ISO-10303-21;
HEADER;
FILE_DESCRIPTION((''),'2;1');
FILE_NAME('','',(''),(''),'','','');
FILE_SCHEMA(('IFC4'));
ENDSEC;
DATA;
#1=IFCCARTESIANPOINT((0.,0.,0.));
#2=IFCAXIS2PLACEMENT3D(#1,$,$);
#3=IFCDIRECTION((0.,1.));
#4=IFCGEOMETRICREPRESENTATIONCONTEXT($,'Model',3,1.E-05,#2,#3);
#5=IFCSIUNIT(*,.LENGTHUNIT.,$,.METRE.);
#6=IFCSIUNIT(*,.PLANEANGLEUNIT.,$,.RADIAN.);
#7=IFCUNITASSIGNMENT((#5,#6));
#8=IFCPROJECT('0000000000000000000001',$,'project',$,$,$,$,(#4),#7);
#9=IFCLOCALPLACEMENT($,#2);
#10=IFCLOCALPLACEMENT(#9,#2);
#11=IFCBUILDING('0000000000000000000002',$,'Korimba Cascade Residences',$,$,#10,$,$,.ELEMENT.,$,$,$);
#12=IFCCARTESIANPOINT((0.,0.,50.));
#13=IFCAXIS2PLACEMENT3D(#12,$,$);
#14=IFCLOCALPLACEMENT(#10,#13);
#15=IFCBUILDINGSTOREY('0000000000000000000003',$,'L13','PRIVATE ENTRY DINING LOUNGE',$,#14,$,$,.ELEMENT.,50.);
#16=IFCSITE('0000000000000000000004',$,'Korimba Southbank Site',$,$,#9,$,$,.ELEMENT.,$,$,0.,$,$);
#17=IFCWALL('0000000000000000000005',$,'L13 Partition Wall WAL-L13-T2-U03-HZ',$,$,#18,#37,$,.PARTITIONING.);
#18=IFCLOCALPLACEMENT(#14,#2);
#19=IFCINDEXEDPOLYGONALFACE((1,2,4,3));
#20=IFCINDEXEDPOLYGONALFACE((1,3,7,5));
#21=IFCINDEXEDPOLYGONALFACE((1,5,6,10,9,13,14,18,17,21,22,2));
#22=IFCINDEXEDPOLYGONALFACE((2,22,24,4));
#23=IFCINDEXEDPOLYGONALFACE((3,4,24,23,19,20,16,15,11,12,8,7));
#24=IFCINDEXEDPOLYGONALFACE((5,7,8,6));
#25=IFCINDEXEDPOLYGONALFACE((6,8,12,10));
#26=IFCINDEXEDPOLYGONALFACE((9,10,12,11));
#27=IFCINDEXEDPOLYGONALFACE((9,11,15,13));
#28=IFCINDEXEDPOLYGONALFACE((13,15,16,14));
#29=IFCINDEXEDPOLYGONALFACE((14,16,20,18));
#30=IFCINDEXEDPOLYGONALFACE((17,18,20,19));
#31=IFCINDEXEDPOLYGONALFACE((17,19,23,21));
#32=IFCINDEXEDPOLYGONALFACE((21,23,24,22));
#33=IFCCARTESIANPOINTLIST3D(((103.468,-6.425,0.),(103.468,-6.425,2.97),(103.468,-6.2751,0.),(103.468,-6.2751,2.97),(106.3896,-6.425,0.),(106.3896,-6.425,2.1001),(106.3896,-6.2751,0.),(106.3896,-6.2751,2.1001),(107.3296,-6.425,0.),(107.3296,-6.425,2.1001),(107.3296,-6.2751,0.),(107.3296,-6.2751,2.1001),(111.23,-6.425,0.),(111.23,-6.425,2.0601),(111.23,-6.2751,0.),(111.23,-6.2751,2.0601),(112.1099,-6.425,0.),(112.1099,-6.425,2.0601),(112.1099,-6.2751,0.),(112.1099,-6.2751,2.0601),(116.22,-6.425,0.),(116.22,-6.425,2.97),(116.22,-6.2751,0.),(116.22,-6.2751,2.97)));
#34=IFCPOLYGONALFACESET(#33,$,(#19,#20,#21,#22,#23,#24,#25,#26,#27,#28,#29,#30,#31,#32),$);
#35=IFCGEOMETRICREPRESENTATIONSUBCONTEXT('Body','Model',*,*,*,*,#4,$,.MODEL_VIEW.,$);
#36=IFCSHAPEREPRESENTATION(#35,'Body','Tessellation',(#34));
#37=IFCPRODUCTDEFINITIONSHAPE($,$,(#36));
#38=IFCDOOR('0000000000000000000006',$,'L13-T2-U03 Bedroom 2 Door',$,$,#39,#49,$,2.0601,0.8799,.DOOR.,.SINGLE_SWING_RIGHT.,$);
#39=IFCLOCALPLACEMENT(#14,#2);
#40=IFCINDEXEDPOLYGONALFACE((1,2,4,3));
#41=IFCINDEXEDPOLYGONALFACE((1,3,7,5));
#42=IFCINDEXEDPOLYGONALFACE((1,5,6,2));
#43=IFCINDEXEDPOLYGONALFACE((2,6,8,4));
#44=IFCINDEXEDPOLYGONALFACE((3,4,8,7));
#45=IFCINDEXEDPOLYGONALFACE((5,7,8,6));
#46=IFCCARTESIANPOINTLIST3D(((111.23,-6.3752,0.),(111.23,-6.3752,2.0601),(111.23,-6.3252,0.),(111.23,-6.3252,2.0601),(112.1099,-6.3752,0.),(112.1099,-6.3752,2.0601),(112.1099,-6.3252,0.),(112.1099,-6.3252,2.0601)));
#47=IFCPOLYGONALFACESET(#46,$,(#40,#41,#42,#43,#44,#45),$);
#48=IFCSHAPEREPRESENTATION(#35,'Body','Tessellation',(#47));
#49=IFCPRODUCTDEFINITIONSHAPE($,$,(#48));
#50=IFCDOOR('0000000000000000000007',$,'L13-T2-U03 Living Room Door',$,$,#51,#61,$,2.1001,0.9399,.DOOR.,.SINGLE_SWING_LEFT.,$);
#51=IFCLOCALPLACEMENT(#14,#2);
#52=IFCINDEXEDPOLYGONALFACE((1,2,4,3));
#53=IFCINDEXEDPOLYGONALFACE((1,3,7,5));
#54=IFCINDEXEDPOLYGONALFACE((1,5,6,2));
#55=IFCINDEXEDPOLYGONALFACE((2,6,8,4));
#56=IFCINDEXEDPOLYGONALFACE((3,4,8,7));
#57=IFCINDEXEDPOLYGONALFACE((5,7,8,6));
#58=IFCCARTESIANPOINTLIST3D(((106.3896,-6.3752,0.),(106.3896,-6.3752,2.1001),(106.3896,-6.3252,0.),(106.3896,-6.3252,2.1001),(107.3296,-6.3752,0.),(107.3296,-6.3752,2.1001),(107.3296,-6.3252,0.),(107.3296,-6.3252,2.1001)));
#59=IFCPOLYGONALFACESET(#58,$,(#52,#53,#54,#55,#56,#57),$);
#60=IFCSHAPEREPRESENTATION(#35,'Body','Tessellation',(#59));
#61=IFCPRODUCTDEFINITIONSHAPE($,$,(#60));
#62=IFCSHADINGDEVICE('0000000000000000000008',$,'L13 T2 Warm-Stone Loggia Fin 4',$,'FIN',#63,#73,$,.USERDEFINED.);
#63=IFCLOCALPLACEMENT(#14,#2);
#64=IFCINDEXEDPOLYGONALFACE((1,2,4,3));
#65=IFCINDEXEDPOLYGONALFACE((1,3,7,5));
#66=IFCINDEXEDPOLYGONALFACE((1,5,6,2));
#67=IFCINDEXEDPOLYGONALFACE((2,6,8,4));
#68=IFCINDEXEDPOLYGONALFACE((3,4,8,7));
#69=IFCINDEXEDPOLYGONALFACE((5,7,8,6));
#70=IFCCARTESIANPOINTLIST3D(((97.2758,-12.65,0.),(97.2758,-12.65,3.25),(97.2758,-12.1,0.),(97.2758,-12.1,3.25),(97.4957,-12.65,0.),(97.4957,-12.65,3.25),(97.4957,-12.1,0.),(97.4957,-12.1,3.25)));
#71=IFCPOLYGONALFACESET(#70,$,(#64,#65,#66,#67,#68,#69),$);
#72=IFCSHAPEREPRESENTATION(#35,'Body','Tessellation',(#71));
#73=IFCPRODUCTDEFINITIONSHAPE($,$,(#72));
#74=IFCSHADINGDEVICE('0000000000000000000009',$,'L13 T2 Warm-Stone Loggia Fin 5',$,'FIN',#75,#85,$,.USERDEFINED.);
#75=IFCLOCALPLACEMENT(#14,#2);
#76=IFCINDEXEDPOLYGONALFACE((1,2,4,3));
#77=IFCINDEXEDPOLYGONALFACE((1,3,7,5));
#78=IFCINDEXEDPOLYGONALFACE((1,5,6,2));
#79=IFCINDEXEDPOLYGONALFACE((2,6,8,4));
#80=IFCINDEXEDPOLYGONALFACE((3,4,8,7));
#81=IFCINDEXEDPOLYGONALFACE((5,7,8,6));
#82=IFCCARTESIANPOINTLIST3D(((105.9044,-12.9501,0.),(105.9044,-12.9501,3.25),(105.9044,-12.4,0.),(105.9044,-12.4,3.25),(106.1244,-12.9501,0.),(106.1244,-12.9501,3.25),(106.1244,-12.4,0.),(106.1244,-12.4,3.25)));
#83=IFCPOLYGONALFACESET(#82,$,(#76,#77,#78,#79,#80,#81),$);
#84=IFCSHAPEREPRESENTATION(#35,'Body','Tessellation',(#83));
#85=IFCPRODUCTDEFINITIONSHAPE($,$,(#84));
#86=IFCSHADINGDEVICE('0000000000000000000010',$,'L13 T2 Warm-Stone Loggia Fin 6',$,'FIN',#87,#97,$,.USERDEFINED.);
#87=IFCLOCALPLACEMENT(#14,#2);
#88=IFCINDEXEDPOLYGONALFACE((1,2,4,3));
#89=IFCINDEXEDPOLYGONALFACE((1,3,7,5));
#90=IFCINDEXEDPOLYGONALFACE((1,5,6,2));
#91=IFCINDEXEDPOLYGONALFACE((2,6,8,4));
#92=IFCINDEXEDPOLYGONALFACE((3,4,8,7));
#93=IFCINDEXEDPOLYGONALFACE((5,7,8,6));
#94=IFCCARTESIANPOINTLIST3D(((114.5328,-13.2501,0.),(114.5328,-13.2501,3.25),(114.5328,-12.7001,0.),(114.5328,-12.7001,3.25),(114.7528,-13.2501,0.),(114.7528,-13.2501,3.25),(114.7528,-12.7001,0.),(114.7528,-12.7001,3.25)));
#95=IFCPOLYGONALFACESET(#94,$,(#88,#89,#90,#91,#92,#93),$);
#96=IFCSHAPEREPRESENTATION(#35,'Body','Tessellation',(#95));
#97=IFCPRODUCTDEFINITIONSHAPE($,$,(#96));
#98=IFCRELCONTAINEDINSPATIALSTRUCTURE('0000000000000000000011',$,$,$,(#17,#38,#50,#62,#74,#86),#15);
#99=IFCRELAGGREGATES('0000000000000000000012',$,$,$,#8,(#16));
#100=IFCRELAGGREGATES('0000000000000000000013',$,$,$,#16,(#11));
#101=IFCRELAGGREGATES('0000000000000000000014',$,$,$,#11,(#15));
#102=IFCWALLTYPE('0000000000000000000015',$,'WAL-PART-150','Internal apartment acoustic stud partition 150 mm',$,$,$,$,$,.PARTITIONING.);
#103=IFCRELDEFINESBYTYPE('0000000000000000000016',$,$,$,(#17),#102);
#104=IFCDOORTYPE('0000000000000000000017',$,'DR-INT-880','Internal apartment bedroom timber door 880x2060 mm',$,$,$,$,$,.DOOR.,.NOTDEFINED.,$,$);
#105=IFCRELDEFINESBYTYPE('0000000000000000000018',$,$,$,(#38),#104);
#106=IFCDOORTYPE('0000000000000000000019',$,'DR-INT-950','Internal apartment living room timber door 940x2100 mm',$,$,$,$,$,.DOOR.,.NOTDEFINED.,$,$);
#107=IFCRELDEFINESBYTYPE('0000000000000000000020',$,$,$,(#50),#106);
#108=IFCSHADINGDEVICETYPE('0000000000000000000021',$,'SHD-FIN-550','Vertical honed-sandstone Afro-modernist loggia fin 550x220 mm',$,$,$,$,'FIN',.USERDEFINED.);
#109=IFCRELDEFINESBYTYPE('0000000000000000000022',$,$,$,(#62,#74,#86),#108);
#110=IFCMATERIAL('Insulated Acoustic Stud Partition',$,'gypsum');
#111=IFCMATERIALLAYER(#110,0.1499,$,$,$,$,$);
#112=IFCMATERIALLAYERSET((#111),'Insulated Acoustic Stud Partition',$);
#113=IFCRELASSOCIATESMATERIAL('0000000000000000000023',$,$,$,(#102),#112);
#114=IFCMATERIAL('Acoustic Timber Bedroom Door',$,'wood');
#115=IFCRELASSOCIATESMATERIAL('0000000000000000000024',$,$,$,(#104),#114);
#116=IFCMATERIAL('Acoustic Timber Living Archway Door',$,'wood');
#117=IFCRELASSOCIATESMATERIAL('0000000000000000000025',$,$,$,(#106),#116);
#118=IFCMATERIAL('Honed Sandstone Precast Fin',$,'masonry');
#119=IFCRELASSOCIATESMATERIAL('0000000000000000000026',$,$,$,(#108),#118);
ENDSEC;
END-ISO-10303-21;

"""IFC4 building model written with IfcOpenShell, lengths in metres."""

from ifc_helpers import new_model, si_unit, direction, frame, frame_2d, origin, origin_2d, place, context, subcontext, project, spatial, rectangle, extrude, material, layer, layer_set, type_object, element, fill, save


model = new_model("IFC4")

# Units and contexts
model_context = context("Model", 3, precision=1e-05, world=origin(), true_north=direction((0.0, 1.0)))
body_context = subcontext(model_context, "Body", "Model", "MODEL_VIEW")
ifc_project = project(units=[si_unit("LENGTHUNIT", "METRE"), si_unit("PLANEANGLEUNIT", "RADIAN")], contexts=[model_context])

# Site, building, storey
site_placement = place(None, origin())
site = spatial("IfcSite", under=ifc_project, at=site_placement, Name="Korimba Southbank Site", CompositionType="ELEMENT", RefElevation=0.0)
building_placement = place(site_placement, origin())
building = spatial("IfcBuilding", under=site, at=building_placement, Name="Korimba Cascade Residences", CompositionType="ELEMENT")
storey_placement = place(building_placement, frame((0.0, 0.0, 50.0)))
storey = spatial("IfcBuildingStorey", under=building, at=storey_placement, Name="L13", Description="PRIVATE ENTRY DINING LOUNGE", CompositionType="ELEMENT", Elevation=50.0)

# Shared definitions
ifc_material_1 = material(Name="Insulated Acoustic Stud Partition", Category="gypsum")
ifc_layer_1 = layer(ifc_material_1, 0.1499)
ifc_layer_set_1 = layer_set([ifc_layer_1], Name="Insulated Acoustic Stud Partition")
wall_type_1 = type_object("IfcWallType", Name="WAL-PART-150", Description="Internal apartment acoustic stud partition 150 mm", PredefinedType="PARTITIONING", material=ifc_layer_set_1)

# Wall, openings, doors
wall_1_placement = place(storey_placement, frame((103.468, -6.3501, 0.0), z_axis=(0.0, 0.0, 1.0), x_axis=(1.0, 0.0, 0.0)))
wall_1 = element("IfcWall", 1, at=wall_1_placement, inside=storey, type_object=wall_type_1, Name="L13 Partition Wall WAL-L13-T2-U03-HZ", PredefinedType="PARTITIONING", context=body_context, shape_type="SweptSolid", body=[
    extrude(rectangle(XDim=12.752, YDim=0.1499, at=frame_2d((6.376, 0.0))), origin(), (0.0, 0.0, 1.0), 2.97),
])
opening_1_placement = place(wall_1_placement, frame((2.9216, 0.0, 0.0)))
opening_1 = element("IfcOpeningElement", 2, at=opening_1_placement, cuts=wall_1, PredefinedType="OPENING", context=body_context, shape_type="SweptSolid", body=[
    extrude(rectangle(XDim=0.9399, YDim=2.1001, at=frame_2d((0.47, 1.05))), frame((0.0, 0.085, 0.0), z_axis=(0.0, -1.0, 0.0), x_axis=(1.0, 0.0, 0.0)), (0.0, 0.0, 1.0), 0.1699),
])
opening_2_placement = place(wall_1_placement, frame((7.762, 0.0, 0.0)))
opening_2 = element("IfcOpeningElement", 3, at=opening_2_placement, cuts=wall_1, PredefinedType="OPENING", context=body_context, shape_type="SweptSolid", body=[
    extrude(rectangle(XDim=0.8799, YDim=2.0601, at=frame_2d((0.4399, 1.03))), frame((0.0, 0.085, 0.0), z_axis=(0.0, -1.0, 0.0), x_axis=(1.0, 0.0, 0.0)), (0.0, 0.0, 1.0), 0.1699),
])
ifc_material_2 = material(Name="Acoustic Timber Bedroom Door", Category="wood")
door_type_1 = type_object("IfcDoorType", Name="DR-INT-880", Description="Internal apartment bedroom timber door 880x2060 mm", OperationType="NOTDEFINED", PredefinedType="DOOR", material=ifc_material_2)
door_1_placement = place(opening_2_placement, origin())
door_1 = element("IfcDoor", 4, at=door_1_placement, inside=storey, type_object=door_type_1, Name="L13-T2-U03 Bedroom 2 Door", OperationType="SINGLE_SWING_RIGHT", OverallHeight=2.0601, OverallWidth=0.8799, PredefinedType="DOOR", context=body_context, shape_type="SweptSolid", body=[
    extrude(rectangle(XDim=0.8799, YDim=2.0601, at=frame_2d((0.4399, 1.03))), frame((0.0, 0.0249, 0.0), z_axis=(0.0, -1.0, 0.0), x_axis=(1.0, 0.0, 0.0)), (0.0, 0.0, 1.0), 0.05),
])
fill(opening_2, door_1)
ifc_material_3 = material(Name="Acoustic Timber Living Archway Door", Category="wood")
door_type_2 = type_object("IfcDoorType", Name="DR-INT-950", Description="Internal apartment living room timber door 940x2100 mm", OperationType="NOTDEFINED", PredefinedType="DOOR", material=ifc_material_3)
door_2_placement = place(opening_1_placement, origin())
door_2 = element("IfcDoor", 5, at=door_2_placement, inside=storey, type_object=door_type_2, Name="L13-T2-U03 Living Room Door", OperationType="SINGLE_SWING_LEFT", OverallHeight=2.1001, OverallWidth=0.9399, PredefinedType="DOOR", context=body_context, shape_type="SweptSolid", body=[
    extrude(rectangle(XDim=0.9399, YDim=2.1001, at=frame_2d((0.47, 1.05))), frame((0.0, 0.0249, 0.0), z_axis=(0.0, -1.0, 0.0), x_axis=(1.0, 0.0, 0.0)), (0.0, 0.0, 1.0), 0.05),
])
fill(opening_1, door_2)

# Shading devices
ifc_material_4 = material(Name="Honed Sandstone Precast Fin", Category="masonry")
shading_device_type = type_object("IfcShadingDeviceType", Name="SHD-FIN-550", Description="Vertical honed-sandstone Afro-modernist loggia fin 550x220 mm", ElementType="FIN", PredefinedType="USERDEFINED", material=ifc_material_4)
for number, where, z_axis, x_axis, name in (
    (6, (97.3857, -12.375, 0.0), (0.0, 0.0, 1.0), (1.0, 0.0, 0.0), "L13 T2 Warm-Stone Loggia Fin 4"),
    (7, (106.0144, -12.675, 0.0), (0.0, 0.0, 1.0), (1.0, 0.0, 0.0), "L13 T2 Warm-Stone Loggia Fin 5"),
    (8, (114.6428, -12.9751, 0.0), (0.0, 0.0, 1.0), (1.0, 0.0, 0.0), "L13 T2 Warm-Stone Loggia Fin 6"),
):
    element("IfcShadingDevice", number, at=place(storey_placement, frame(where, z_axis=z_axis, x_axis=x_axis)), inside=storey, type_object=shading_device_type, Name=name, ObjectType="FIN", PredefinedType="USERDEFINED", context=body_context, shape_type="SweptSolid", body=[
        extrude(rectangle(XDim=0.22, YDim=0.55, at=origin_2d()), origin(), (0.0, 0.0, 1.0), 3.25),
    ])

save(model, "model.ifc")
